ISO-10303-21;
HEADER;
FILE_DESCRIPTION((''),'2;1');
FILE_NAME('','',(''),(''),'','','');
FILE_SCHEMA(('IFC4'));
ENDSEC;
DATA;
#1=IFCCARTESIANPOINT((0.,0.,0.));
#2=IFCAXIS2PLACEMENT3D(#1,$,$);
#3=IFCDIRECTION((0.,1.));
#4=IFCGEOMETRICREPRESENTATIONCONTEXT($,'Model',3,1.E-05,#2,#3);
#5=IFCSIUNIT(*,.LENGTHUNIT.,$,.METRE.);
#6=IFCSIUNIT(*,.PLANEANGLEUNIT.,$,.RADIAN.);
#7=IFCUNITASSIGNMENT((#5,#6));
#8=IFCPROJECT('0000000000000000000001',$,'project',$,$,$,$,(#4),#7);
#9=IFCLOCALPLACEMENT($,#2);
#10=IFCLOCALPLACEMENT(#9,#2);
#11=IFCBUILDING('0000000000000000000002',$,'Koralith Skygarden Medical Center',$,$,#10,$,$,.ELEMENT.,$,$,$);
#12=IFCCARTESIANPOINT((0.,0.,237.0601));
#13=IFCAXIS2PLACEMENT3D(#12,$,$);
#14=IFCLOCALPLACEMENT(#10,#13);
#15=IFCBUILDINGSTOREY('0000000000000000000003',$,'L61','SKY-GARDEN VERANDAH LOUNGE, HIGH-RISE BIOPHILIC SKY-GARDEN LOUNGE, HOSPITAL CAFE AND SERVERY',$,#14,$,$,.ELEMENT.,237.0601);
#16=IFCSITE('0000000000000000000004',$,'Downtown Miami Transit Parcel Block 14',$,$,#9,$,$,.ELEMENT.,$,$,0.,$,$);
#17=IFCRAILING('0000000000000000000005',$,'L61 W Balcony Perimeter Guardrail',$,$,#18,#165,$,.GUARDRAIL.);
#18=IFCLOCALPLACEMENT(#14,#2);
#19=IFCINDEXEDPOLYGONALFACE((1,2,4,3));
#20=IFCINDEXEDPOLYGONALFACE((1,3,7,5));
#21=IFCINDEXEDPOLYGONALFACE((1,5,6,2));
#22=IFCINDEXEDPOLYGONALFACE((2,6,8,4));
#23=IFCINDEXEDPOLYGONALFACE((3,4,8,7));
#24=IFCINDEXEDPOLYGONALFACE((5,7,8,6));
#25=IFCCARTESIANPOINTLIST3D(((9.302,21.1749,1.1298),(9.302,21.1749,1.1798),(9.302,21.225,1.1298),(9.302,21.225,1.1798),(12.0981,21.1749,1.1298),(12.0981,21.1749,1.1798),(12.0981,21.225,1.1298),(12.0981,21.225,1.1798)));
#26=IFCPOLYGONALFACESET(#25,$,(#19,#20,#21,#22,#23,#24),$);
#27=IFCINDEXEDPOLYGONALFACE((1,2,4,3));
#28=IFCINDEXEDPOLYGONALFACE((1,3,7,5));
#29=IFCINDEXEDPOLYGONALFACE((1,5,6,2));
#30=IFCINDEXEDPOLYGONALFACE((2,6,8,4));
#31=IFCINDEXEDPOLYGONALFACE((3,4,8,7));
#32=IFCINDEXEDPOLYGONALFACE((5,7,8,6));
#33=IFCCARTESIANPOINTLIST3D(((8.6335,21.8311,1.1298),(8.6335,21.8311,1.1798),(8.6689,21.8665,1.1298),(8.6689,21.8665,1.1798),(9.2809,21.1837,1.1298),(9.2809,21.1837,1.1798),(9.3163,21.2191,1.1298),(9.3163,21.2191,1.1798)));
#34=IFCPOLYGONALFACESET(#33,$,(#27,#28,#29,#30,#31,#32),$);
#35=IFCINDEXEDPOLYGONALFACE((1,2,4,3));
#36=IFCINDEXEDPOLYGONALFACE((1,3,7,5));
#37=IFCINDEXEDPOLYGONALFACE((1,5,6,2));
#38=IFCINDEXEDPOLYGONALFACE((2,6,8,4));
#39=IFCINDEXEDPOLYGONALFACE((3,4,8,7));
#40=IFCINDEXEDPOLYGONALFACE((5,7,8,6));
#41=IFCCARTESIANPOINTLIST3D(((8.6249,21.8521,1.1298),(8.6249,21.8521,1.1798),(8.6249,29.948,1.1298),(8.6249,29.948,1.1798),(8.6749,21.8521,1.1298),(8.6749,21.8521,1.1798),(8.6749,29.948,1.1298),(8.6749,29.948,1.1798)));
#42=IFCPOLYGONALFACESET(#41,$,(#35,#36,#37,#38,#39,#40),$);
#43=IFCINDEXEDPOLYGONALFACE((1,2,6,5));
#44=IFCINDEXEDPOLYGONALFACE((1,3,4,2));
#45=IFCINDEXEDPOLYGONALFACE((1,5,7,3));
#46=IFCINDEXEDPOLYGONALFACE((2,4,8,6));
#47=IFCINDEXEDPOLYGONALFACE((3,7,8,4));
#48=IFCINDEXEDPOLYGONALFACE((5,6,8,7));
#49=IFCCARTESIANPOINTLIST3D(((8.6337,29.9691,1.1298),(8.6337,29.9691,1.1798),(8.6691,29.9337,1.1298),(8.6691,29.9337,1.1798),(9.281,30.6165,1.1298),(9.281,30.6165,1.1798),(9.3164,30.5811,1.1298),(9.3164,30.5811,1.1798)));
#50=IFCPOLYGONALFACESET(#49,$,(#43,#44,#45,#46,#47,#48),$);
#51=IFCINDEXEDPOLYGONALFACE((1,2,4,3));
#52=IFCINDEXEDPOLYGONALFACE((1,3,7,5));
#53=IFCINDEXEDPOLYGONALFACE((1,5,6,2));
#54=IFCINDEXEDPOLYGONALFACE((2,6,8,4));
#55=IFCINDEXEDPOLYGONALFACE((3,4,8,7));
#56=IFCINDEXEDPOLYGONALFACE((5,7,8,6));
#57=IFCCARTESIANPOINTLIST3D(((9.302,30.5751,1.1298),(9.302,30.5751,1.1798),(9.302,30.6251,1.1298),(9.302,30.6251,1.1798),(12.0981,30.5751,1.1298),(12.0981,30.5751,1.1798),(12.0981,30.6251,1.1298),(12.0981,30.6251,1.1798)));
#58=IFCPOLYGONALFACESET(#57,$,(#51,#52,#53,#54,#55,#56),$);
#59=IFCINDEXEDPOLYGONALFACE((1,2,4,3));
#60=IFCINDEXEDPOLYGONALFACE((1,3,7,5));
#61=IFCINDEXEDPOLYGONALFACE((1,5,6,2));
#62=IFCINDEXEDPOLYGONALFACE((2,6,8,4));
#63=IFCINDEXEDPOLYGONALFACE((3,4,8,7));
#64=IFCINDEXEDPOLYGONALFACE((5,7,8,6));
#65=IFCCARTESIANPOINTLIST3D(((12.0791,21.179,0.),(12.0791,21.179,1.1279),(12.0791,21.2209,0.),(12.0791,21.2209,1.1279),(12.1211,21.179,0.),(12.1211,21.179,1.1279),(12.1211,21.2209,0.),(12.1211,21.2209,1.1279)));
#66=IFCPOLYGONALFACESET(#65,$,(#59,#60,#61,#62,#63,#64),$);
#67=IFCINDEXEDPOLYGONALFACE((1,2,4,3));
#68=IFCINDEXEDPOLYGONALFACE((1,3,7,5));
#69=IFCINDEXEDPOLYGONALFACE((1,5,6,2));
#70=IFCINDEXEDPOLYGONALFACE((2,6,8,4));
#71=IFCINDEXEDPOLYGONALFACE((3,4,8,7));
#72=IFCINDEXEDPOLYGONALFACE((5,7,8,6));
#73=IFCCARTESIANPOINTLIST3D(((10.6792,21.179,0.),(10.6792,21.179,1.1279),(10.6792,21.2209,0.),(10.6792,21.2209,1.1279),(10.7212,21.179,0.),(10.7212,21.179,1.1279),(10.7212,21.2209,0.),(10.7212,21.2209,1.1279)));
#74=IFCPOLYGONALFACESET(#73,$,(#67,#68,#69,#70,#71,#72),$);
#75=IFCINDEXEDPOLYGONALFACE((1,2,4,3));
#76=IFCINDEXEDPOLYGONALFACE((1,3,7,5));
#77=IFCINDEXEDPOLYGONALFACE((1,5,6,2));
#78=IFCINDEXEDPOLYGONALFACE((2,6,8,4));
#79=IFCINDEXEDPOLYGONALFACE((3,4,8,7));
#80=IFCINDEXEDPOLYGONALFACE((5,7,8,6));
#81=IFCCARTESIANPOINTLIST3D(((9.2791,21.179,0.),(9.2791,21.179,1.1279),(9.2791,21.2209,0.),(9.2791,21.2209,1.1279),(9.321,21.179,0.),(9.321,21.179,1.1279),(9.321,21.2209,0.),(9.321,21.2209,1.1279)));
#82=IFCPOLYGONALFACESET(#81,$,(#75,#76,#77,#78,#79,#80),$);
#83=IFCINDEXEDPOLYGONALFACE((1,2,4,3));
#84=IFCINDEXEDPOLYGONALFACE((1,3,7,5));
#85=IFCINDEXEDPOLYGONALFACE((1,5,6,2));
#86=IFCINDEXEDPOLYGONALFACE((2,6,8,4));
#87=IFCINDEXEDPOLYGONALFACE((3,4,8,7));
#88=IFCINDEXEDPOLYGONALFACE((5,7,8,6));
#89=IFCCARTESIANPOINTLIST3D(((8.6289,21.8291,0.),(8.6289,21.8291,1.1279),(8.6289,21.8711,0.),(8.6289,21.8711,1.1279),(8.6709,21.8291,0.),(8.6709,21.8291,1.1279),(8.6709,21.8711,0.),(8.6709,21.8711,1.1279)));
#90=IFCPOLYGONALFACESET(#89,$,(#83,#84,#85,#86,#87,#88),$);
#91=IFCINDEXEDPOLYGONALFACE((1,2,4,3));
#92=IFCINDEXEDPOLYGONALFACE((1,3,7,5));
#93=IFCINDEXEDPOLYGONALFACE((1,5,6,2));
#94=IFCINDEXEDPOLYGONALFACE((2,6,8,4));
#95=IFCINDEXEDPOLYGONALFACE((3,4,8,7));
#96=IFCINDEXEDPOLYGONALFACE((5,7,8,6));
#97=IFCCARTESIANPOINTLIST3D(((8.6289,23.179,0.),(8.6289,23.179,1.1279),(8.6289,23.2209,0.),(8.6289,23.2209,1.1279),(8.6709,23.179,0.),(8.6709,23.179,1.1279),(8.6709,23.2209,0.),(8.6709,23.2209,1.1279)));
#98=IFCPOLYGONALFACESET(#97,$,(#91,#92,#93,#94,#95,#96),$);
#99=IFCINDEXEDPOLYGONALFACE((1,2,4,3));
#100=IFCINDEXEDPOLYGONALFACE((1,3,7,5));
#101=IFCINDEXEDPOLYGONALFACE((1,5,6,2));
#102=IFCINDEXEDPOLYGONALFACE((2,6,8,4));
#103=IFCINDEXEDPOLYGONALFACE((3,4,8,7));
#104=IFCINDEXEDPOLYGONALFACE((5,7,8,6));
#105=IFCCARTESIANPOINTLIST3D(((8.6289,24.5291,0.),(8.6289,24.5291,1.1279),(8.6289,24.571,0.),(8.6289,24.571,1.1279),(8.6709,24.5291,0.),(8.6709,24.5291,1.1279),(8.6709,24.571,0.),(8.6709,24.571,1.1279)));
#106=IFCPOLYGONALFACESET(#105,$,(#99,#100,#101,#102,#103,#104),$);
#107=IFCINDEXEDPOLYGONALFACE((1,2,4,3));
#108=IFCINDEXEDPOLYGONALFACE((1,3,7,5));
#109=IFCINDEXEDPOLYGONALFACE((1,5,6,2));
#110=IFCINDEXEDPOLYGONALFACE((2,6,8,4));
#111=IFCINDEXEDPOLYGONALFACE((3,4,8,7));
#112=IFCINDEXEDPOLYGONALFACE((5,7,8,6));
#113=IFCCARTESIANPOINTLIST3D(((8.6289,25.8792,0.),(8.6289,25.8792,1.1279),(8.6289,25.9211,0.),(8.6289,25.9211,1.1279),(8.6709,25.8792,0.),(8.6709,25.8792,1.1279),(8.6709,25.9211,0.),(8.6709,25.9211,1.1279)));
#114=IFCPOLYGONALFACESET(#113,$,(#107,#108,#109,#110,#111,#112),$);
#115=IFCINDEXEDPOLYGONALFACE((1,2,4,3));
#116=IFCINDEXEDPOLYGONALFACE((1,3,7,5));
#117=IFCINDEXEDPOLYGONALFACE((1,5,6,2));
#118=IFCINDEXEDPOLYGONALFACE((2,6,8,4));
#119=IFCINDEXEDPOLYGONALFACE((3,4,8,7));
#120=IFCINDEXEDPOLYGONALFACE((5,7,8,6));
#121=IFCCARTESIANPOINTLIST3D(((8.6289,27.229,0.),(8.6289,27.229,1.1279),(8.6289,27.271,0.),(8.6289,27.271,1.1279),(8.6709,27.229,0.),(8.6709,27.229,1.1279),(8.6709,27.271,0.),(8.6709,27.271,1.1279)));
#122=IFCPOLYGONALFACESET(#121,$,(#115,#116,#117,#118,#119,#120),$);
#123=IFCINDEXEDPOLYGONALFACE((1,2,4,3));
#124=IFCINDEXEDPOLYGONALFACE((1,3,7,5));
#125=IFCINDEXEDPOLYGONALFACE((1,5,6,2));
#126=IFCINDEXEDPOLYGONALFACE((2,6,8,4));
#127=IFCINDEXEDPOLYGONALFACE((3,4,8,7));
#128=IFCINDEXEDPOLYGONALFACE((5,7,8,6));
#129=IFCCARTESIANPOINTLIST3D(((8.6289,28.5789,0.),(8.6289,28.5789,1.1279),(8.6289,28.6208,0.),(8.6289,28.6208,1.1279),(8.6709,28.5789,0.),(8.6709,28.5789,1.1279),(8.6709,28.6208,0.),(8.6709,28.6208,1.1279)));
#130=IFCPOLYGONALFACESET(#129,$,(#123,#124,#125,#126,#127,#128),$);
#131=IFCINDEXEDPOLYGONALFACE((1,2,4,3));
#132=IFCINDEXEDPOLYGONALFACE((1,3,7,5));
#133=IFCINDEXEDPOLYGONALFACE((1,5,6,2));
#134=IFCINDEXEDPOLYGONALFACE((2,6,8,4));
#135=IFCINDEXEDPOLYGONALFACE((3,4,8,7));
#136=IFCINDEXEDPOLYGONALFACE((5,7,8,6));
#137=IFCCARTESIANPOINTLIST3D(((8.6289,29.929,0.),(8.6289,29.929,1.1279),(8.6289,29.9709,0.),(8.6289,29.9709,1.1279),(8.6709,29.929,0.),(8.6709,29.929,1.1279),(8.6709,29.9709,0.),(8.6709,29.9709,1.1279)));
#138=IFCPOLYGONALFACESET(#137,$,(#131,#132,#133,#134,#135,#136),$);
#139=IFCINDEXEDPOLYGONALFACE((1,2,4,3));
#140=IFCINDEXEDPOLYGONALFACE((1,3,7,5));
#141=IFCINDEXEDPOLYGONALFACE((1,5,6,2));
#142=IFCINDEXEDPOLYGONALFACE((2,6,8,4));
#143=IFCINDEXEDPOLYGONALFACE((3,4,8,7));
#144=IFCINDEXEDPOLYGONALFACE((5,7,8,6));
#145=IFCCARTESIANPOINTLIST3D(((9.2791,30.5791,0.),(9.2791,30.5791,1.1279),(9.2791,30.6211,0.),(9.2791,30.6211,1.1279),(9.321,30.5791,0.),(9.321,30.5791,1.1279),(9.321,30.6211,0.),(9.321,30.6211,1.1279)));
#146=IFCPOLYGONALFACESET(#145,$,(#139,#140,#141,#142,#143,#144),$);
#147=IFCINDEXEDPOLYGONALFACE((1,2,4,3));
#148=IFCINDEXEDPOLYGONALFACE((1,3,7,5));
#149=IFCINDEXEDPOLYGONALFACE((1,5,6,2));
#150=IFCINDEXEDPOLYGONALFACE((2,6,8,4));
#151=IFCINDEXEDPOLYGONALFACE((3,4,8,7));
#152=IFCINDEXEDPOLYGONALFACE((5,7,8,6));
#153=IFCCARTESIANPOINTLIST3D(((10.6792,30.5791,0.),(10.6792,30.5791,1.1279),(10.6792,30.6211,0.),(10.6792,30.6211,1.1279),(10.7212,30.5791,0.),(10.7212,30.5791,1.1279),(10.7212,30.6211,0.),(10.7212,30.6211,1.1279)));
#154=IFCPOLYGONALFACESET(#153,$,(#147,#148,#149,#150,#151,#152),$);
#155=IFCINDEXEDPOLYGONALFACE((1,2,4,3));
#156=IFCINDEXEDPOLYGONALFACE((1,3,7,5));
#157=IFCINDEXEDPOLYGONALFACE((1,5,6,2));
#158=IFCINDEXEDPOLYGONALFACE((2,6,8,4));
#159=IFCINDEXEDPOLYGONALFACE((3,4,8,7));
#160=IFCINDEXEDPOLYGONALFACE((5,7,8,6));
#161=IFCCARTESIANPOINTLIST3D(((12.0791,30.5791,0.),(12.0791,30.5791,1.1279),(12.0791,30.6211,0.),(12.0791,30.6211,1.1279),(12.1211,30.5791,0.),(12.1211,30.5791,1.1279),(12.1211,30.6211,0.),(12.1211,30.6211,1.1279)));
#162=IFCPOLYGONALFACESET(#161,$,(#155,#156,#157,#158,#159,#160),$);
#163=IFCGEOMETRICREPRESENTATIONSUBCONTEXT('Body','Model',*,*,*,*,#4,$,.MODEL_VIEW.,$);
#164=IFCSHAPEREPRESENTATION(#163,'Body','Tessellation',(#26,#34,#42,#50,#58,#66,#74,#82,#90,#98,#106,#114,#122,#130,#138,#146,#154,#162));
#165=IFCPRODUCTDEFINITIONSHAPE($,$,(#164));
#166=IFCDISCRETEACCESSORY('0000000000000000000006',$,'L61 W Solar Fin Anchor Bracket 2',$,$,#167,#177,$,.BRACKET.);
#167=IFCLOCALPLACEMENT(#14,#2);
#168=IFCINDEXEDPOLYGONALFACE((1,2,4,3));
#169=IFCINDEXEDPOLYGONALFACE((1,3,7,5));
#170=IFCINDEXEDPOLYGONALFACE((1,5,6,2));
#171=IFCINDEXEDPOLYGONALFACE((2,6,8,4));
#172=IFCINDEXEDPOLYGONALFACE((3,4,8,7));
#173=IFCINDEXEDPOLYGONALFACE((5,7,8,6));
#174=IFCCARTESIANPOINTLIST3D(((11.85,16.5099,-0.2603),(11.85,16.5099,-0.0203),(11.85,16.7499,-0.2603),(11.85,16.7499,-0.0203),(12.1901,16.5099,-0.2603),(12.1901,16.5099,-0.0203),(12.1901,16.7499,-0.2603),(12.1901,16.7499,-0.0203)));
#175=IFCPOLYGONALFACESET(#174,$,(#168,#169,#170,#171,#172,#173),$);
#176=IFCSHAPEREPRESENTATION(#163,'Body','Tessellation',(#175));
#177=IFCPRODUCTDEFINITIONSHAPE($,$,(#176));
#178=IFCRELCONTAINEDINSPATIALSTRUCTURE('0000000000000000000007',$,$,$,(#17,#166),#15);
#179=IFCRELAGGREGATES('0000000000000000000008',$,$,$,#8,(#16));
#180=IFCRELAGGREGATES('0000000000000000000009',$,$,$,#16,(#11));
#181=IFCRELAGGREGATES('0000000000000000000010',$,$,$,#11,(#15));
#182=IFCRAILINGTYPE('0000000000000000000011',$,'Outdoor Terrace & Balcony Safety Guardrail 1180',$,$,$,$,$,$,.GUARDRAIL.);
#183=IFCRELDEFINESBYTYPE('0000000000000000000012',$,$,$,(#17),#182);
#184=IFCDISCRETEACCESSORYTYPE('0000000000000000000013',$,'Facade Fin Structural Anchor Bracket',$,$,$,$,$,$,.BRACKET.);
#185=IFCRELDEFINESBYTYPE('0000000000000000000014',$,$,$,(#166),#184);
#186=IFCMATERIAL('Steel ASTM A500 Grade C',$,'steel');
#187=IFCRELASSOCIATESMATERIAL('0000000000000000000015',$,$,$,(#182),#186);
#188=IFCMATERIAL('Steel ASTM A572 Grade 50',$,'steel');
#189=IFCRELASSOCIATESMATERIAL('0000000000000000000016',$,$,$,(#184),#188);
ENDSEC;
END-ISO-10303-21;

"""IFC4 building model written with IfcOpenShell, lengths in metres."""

from ifc_helpers import new_model, si_unit, direction, frame, origin, origin_2d, place, context, subcontext, project, spatial, rectangle, extrude, material, type_object, element, save


model = new_model("IFC4")

# Units and contexts
model_context = context("Model", 3, precision=1e-05, world=origin(), true_north=direction((0.0, 1.0)))
body_context = subcontext(model_context, "Body", "Model", "MODEL_VIEW")
ifc_project = project(units=[si_unit("LENGTHUNIT", "METRE"), si_unit("PLANEANGLEUNIT", "RADIAN")], contexts=[model_context])

# Site, building, storey
site_placement = place(None, origin())
site = spatial("IfcSite", under=ifc_project, at=site_placement, Name="Downtown Miami Transit Parcel Block 14", CompositionType="ELEMENT", RefElevation=0.0)
building_placement = place(site_placement, origin())
building = spatial("IfcBuilding", under=site, at=building_placement, Name="Koralith Skygarden Medical Center", CompositionType="ELEMENT")
storey_placement = place(building_placement, frame((0.0, 0.0, 237.0601)))
storey = spatial("IfcBuildingStorey", under=building, at=storey_placement, Name="L61", Description="SKY-GARDEN VERANDAH LOUNGE, HIGH-RISE BIOPHILIC SKY-GARDEN LOUNGE, HOSPITAL CAFE AND SERVERY", CompositionType="ELEMENT", Elevation=237.0601)

# Railing
ifc_material_1 = material(Name="Steel ASTM A500 Grade C", Category="steel")
railing_type = type_object("IfcRailingType", Name="Outdoor Terrace & Balcony Safety Guardrail 1180", PredefinedType="GUARDRAIL", material=ifc_material_1)
railing_placement = place(storey_placement, frame((12.1001, 21.2, 0.0)))
element("IfcRailing", 1, at=railing_placement, inside=storey, type_object=railing_type, Name="L61 W Balcony Perimeter Guardrail", PredefinedType="GUARDRAIL", context=body_context, shape_type="SweptSolid", body=[
    extrude(rectangle(XDim=0.05, YDim=0.05, at=origin_2d()), frame((-0.002, 0.0, 1.1548), z_axis=(-1.0, 0.0, 0.0), x_axis=(0.0, -1.0, 0.0)), (0.0, 0.0, 1.0), 2.7961),
    extrude(rectangle(XDim=0.05, YDim=0.05, at=origin_2d()), frame((-2.8015, 0.0015, 1.1548), z_axis=(-0.707107, 0.707107, 0.0), x_axis=(-0.707107, -0.707107, 0.0)), (0.0, 0.0, 1.0), 0.9155),
    extrude(rectangle(XDim=0.05, YDim=0.05, at=origin_2d()), frame((-3.4502, 0.6521, 1.1548), z_axis=(0.0, 1.0, 0.0), x_axis=(-1.0, 0.0, 0.0)), (0.0, 0.0, 1.0), 8.0959),
    extrude(rectangle(XDim=0.05, YDim=0.05, at=origin_2d()), frame((-3.4487, 8.7515, 1.1548), z_axis=(0.707107, 0.707107, 0.0), x_axis=(-0.707107, 0.707107, 0.0)), (0.0, 0.0, 1.0), 0.9155),
    extrude(rectangle(XDim=0.05, YDim=0.05, at=origin_2d()), frame((-2.7981, 9.4001, 1.1548), z_axis=(1.0, 0.0, 0.0), x_axis=(0.0, 1.0, 0.0)), (0.0, 0.0, 1.0), 2.7961),
    extrude(rectangle(XDim=0.042, YDim=0.042, at=origin_2d()), origin(), (0.0, 0.0, 1.0), 1.1279),
    extrude(rectangle(XDim=0.042, YDim=0.042, at=origin_2d()), frame((-1.3999, 0.0, 0.0)), (0.0, 0.0, 1.0), 1.1279),
    extrude(rectangle(XDim=0.042, YDim=0.042, at=origin_2d()), frame((-2.8, 0.0, 0.0)), (0.0, 0.0, 1.0), 1.1279),
    extrude(rectangle(XDim=0.042, YDim=0.042, at=origin_2d()), frame((-3.4502, 0.6501, 0.0)), (0.0, 0.0, 1.0), 1.1279),
    extrude(rectangle(XDim=0.042, YDim=0.042, at=origin_2d()), frame((-3.4502, 2.0, 0.0)), (0.0, 0.0, 1.0), 1.1279),
    extrude(rectangle(XDim=0.042, YDim=0.042, at=origin_2d()), frame((-3.4502, 3.3501, 0.0)), (0.0, 0.0, 1.0), 1.1279),
    extrude(rectangle(XDim=0.042, YDim=0.042, at=origin_2d()), frame((-3.4502, 4.7002, 0.0)), (0.0, 0.0, 1.0), 1.1279),
    extrude(rectangle(XDim=0.042, YDim=0.042, at=origin_2d()), frame((-3.4502, 6.05, 0.0)), (0.0, 0.0, 1.0), 1.1279),
    extrude(rectangle(XDim=0.042, YDim=0.042, at=origin_2d()), frame((-3.4502, 7.3999, 0.0)), (0.0, 0.0, 1.0), 1.1279),
    extrude(rectangle(XDim=0.042, YDim=0.042, at=origin_2d()), frame((-3.4502, 8.75, 0.0)), (0.0, 0.0, 1.0), 1.1279),
    extrude(rectangle(XDim=0.042, YDim=0.042, at=origin_2d()), frame((-2.8, 9.4001, 0.0)), (0.0, 0.0, 1.0), 1.1279),
    extrude(rectangle(XDim=0.042, YDim=0.042, at=origin_2d()), frame((-1.3999, 9.4001, 0.0)), (0.0, 0.0, 1.0), 1.1279),
    extrude(rectangle(XDim=0.042, YDim=0.042, at=origin_2d()), frame((0.0, 9.4001, 0.0)), (0.0, 0.0, 1.0), 1.1279),
])

# Discrete accessory
ifc_material_2 = material(Name="Steel ASTM A572 Grade 50", Category="steel")
discrete_accessory_type = type_object("IfcDiscreteAccessoryType", Name="Facade Fin Structural Anchor Bracket", PredefinedType="BRACKET", material=ifc_material_2)
discrete_accessory_placement = place(storey_placement, frame((12.02, 16.6299, -0.2603), z_axis=(0.0, 0.0, 1.0), x_axis=(-1.0, 0.0, 0.0)))
element("IfcDiscreteAccessory", 2, at=discrete_accessory_placement, inside=storey, type_object=discrete_accessory_type, Name="L61 W Solar Fin Anchor Bracket 2", PredefinedType="BRACKET", context=body_context, shape_type="SweptSolid", body=[
    extrude(rectangle(XDim=0.3401, YDim=0.24, at=origin_2d()), origin(), (0.0, 0.0, 1.0), 0.24),
])

save(model, "model.ifc")
